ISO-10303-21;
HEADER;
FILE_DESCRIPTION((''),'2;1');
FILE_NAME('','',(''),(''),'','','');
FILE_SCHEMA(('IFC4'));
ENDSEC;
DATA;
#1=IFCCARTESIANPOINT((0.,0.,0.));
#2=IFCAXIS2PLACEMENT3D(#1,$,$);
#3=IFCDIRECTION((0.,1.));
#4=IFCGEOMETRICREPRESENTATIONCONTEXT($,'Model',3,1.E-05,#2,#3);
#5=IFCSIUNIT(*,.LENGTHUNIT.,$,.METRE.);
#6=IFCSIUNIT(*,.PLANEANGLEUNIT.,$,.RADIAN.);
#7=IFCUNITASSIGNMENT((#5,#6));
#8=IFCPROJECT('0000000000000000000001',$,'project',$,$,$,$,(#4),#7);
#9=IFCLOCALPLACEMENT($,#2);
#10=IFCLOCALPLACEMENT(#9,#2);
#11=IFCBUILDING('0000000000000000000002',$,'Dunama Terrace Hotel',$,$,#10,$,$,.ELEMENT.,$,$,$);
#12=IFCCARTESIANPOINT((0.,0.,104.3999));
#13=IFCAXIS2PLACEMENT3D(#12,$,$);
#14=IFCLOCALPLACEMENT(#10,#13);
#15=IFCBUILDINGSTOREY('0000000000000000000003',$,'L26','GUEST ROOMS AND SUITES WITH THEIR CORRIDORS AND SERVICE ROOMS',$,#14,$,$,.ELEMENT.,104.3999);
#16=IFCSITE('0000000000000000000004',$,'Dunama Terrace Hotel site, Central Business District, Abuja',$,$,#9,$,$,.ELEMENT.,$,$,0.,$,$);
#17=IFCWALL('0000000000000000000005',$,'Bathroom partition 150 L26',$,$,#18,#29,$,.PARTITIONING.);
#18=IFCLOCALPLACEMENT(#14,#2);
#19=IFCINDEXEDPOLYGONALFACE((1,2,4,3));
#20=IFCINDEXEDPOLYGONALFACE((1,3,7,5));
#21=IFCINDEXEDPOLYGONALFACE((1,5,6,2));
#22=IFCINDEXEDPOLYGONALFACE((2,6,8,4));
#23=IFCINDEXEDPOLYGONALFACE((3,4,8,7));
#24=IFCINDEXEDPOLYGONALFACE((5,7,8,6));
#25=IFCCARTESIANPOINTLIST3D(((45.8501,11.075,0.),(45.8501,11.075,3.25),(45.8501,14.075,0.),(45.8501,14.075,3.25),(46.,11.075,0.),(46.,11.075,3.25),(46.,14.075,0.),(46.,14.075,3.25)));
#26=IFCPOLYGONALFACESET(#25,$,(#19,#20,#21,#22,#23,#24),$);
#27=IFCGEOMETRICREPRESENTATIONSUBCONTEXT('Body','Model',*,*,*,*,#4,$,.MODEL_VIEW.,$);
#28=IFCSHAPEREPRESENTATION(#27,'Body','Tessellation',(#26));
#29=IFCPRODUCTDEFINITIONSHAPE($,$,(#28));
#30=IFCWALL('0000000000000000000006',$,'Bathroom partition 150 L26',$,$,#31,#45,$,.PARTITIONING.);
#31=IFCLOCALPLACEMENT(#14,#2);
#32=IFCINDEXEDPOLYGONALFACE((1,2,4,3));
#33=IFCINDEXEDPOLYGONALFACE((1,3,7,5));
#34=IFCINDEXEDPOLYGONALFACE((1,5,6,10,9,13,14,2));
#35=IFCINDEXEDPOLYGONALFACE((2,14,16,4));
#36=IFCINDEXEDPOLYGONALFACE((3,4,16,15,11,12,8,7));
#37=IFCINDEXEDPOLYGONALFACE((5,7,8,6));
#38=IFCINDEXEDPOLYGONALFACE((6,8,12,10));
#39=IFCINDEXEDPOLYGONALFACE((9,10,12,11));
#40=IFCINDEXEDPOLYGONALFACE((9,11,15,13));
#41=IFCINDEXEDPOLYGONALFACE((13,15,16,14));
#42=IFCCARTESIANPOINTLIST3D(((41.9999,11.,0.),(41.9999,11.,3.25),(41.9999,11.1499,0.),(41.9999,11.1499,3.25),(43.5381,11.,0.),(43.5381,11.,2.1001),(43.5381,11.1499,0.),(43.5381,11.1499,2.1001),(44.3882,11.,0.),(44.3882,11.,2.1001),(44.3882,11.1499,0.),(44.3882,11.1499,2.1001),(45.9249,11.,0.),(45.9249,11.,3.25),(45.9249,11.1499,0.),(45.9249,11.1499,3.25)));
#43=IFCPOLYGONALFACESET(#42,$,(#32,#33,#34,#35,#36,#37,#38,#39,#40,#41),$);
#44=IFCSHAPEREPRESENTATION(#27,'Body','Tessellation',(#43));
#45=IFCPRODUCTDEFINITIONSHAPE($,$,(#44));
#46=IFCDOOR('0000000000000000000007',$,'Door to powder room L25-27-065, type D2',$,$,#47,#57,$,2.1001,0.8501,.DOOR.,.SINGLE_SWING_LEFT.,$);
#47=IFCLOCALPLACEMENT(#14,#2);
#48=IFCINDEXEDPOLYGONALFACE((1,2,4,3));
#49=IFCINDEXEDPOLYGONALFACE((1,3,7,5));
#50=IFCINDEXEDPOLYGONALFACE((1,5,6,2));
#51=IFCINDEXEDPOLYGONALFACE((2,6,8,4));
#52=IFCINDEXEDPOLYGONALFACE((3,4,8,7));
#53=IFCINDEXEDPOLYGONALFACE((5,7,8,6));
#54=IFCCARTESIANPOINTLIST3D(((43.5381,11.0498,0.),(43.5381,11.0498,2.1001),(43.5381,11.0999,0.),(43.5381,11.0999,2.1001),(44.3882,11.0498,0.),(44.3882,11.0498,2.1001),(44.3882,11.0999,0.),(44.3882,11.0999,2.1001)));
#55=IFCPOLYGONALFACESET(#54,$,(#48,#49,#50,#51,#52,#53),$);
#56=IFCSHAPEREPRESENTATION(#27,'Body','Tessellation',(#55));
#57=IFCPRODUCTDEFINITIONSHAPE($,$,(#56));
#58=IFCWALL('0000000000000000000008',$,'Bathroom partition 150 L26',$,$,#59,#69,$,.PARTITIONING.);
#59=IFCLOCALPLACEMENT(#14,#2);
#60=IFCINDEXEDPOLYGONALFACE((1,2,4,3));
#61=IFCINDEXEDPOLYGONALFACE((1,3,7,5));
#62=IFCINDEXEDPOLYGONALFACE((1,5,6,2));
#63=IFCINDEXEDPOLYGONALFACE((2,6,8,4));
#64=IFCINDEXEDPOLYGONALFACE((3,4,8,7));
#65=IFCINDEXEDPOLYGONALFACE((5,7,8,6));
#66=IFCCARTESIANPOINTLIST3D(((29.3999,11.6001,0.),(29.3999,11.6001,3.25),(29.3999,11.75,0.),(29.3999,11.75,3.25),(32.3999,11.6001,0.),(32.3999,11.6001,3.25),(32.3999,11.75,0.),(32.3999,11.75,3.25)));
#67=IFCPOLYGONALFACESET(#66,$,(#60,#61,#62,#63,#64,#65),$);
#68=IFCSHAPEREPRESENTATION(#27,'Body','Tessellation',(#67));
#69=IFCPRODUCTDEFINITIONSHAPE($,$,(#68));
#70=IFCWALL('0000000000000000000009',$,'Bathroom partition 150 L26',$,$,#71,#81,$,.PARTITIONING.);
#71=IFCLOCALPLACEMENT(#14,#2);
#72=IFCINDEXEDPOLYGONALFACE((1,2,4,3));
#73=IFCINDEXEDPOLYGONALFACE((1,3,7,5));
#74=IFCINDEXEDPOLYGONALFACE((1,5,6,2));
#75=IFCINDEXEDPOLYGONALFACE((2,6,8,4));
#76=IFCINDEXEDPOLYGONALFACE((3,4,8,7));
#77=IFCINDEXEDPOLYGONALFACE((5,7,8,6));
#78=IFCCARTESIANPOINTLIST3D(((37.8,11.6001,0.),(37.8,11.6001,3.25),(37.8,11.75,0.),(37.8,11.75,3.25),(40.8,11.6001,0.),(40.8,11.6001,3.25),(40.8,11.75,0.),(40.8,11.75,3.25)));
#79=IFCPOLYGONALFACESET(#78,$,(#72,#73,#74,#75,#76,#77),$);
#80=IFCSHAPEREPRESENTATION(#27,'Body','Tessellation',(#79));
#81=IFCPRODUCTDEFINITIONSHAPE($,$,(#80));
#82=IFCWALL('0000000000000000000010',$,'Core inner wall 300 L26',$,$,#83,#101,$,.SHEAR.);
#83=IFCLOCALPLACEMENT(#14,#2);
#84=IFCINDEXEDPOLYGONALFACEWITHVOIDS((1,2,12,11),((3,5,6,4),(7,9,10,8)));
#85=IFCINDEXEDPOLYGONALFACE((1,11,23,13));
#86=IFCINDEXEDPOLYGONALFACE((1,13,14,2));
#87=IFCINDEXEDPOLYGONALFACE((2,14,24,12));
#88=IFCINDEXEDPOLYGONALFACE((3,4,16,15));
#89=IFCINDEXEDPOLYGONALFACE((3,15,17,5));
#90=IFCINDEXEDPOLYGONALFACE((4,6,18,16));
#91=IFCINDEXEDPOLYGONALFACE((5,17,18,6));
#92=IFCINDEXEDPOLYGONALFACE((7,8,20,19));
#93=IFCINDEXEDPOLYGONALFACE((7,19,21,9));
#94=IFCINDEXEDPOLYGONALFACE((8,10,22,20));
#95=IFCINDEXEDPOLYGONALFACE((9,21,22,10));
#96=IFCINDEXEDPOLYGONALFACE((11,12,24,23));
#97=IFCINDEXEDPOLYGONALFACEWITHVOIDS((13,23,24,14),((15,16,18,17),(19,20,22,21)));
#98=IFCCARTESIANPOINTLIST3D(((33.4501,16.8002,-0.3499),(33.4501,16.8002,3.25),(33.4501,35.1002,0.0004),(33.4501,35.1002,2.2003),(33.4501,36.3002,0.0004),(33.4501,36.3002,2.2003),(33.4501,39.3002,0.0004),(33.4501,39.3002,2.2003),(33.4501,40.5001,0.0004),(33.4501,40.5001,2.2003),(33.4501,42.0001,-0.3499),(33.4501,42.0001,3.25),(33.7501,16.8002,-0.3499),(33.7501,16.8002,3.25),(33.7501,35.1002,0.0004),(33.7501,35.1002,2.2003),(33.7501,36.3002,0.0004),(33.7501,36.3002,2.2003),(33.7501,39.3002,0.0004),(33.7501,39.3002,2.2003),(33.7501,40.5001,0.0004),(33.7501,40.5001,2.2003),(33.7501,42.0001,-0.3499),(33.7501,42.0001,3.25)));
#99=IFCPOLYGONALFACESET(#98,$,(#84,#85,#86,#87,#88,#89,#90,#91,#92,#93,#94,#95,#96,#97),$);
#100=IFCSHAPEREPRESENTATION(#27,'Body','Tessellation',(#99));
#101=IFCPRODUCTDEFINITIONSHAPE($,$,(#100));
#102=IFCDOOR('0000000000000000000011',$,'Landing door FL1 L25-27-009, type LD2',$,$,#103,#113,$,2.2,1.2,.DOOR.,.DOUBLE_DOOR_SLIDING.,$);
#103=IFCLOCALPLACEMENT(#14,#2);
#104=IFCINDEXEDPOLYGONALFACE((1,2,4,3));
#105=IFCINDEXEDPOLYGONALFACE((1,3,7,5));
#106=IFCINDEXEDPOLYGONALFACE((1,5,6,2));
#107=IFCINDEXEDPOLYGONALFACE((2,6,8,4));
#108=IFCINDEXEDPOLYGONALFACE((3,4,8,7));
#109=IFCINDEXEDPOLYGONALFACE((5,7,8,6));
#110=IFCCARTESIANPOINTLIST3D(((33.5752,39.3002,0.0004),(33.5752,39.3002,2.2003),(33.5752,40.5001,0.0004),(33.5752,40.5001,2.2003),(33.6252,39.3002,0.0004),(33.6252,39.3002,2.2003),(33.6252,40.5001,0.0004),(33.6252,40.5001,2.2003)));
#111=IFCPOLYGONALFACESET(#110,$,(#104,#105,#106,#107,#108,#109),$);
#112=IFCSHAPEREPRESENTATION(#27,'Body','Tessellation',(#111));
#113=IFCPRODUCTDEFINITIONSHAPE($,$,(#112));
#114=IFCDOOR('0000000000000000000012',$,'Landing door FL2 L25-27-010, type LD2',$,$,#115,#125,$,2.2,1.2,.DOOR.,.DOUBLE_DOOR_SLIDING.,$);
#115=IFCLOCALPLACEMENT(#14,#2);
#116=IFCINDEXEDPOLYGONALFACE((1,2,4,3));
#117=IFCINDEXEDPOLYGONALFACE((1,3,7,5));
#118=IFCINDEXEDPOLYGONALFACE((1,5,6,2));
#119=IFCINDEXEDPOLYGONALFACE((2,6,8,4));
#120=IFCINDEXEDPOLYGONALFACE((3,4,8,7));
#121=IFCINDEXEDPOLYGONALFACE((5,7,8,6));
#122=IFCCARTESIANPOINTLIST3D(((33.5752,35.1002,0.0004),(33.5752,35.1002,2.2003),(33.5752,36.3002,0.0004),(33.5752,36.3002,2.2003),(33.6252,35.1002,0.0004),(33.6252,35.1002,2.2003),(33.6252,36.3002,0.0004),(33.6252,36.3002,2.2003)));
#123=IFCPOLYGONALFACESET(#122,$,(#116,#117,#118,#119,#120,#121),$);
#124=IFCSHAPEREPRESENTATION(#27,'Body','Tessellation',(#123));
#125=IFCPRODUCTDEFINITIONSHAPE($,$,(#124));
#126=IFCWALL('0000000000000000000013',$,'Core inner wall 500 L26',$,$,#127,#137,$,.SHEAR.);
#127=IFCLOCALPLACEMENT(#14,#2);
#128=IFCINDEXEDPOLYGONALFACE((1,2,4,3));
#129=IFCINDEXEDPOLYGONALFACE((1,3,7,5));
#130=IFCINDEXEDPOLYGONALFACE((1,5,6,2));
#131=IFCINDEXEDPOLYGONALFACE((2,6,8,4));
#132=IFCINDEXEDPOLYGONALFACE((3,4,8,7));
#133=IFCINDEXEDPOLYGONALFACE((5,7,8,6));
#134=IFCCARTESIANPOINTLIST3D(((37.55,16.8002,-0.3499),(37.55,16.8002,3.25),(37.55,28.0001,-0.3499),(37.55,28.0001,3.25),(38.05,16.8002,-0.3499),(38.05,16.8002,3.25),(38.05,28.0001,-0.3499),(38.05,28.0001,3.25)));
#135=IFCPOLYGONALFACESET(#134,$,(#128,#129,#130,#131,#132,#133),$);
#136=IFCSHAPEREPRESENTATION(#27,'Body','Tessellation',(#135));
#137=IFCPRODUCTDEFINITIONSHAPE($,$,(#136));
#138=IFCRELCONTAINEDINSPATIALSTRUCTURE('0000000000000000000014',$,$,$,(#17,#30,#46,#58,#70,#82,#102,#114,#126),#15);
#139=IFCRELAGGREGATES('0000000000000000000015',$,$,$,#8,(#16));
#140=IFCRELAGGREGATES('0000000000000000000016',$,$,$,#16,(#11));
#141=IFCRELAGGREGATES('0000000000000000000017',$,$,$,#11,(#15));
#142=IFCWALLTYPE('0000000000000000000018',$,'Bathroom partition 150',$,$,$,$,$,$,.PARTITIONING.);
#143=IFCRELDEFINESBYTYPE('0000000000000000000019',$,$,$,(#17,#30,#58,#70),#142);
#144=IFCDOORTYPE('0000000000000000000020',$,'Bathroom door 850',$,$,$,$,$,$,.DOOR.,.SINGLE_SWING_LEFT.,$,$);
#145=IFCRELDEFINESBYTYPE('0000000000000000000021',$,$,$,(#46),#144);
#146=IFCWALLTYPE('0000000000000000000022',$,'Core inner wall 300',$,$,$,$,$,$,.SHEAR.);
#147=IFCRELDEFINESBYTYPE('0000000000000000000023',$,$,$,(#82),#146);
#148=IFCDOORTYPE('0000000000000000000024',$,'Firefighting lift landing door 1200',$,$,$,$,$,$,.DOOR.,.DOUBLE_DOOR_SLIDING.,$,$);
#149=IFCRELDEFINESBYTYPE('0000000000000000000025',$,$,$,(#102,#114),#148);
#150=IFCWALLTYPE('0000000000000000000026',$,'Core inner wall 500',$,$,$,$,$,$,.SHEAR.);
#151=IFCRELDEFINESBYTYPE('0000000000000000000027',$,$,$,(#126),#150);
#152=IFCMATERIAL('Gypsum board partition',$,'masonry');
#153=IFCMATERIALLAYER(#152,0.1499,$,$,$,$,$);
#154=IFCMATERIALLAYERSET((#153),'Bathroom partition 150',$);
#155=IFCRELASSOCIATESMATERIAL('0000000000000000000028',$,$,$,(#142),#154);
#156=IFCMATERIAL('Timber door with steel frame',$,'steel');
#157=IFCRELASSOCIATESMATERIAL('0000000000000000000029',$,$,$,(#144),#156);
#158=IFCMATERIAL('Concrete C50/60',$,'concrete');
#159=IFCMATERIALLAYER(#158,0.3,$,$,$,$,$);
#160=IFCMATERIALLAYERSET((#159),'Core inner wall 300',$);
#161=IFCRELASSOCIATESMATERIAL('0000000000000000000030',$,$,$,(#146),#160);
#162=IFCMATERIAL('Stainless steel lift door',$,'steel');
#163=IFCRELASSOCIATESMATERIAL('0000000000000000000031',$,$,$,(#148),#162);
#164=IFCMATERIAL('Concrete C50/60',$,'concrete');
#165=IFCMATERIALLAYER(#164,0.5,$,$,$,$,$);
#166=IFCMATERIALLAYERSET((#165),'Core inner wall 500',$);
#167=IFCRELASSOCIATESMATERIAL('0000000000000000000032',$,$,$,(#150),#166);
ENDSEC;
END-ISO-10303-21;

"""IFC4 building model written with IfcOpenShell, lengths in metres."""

from ifc_helpers import new_model, si_unit, direction, frame, frame_2d, origin, place, context, subcontext, project, spatial, rectangle, extrude, material, layer, layer_set, type_object, element, fill, save


model = new_model("IFC4")

# Units and contexts
model_context = context("Model", 3, precision=1e-05, world=origin(), true_north=direction((0.0, 1.0)))
body_context = subcontext(model_context, "Body", "Model", "MODEL_VIEW")
ifc_project = project(units=[si_unit("LENGTHUNIT", "METRE"), si_unit("PLANEANGLEUNIT", "RADIAN")], contexts=[model_context])

# Site, building, storey
site_placement = place(None, origin())
site = spatial("IfcSite", under=ifc_project, at=site_placement, Name="Dunama Terrace Hotel site, Central Business District, Abuja", CompositionType="ELEMENT", RefElevation=0.0)
building_placement = place(site_placement, origin())
building = spatial("IfcBuilding", under=site, at=building_placement, Name="Dunama Terrace Hotel", CompositionType="ELEMENT")
storey_placement = place(building_placement, frame((0.0, 0.0, 104.3999)))
storey = spatial("IfcBuildingStorey", under=building, at=storey_placement, Name="L26", Description="GUEST ROOMS AND SUITES WITH THEIR CORRIDORS AND SERVICE ROOMS", CompositionType="ELEMENT", Elevation=104.3999)

# Wall
ifc_material_1 = material(Name="Gypsum board partition", Category="masonry")
ifc_layer_1 = layer(ifc_material_1, 0.1499)
ifc_layer_set_1 = layer_set([ifc_layer_1], Name="Bathroom partition 150")
wall_type_1 = type_object("IfcWallType", Name="Bathroom partition 150", PredefinedType="PARTITIONING", material=ifc_layer_set_1)
wall_1_placement = place(storey_placement, frame((45.925, 11.075, 0.0), z_axis=(0.0, 0.0, 1.0), x_axis=(0.0, 1.0, 0.0)))
element("IfcWall", 1, at=wall_1_placement, inside=storey, type_object=wall_type_1, Name="Bathroom partition 150 L26", PredefinedType="PARTITIONING", context=body_context, shape_type="SweptSolid", body=[
    extrude(rectangle(XDim=3.0, YDim=0.1499, at=frame_2d((1.5, 0.0))), origin(), (0.0, 0.0, 1.0), 3.25),
])

# Wall, opening, door
wall_2_placement = place(storey_placement, frame((42.0, 11.075, 0.0), z_axis=(0.0, 0.0, 1.0), x_axis=(1.0, 0.0, 0.0)))
wall_2 = element("IfcWall", 2, at=wall_2_placement, inside=storey, type_object=wall_type_1, Name="Bathroom partition 150 L26", PredefinedType="PARTITIONING", context=body_context, shape_type="SweptSolid", body=[
    extrude(rectangle(XDim=3.925, YDim=0.1499, at=frame_2d((1.9624, 0.0))), origin(), (0.0, 0.0, 1.0), 3.25),
])
opening_1_placement = place(wall_2_placement, frame((1.5381, 0.0, 0.0)))
opening_1 = element("IfcOpeningElement", 3, at=opening_1_placement, cuts=wall_2, PredefinedType="OPENING", context=body_context, shape_type="SweptSolid", body=[
    extrude(rectangle(XDim=0.8501, YDim=2.1001, at=frame_2d((0.425, 1.05))), frame((0.0, 0.085, 0.0), z_axis=(0.0, -1.0, 0.0), x_axis=(1.0, 0.0, 0.0)), (0.0, 0.0, 1.0), 0.1699),
])
ifc_material_2 = material(Name="Timber door with steel frame", Category="steel")
door_type_1 = type_object("IfcDoorType", Name="Bathroom door 850", OperationType="SINGLE_SWING_LEFT", PredefinedType="DOOR", material=ifc_material_2)
door_1_placement = place(opening_1_placement, origin())
door_1 = element("IfcDoor", 4, at=door_1_placement, inside=storey, type_object=door_type_1, Name="Door to powder room L25-27-065, type D2", OperationType="SINGLE_SWING_LEFT", OverallHeight=2.1001, OverallWidth=0.8501, PredefinedType="DOOR", context=body_context, shape_type="SweptSolid", body=[
    extrude(rectangle(XDim=0.8501, YDim=2.1001, at=frame_2d((0.425, 1.05))), frame((0.0, 0.0249, 0.0), z_axis=(0.0, -1.0, 0.0), x_axis=(1.0, 0.0, 0.0)), (0.0, 0.0, 1.0), 0.05),
])
fill(opening_1, door_1)

# Walls
for number, where, z_axis, x_axis, name in (
    (5, (29.3999, 11.675, 0.0), (0.0, 0.0, 1.0), (1.0, 0.0, 0.0), "Bathroom partition 150 L26"),
    (6, (37.8, 11.675, 0.0), (0.0, 0.0, 1.0), (1.0, 0.0, 0.0), "Bathroom partition 150 L26"),
):
    element("IfcWall", number, at=place(storey_placement, frame(where, z_axis=z_axis, x_axis=x_axis)), inside=storey, type_object=wall_type_1, Name=name, PredefinedType="PARTITIONING", context=body_context, shape_type="SweptSolid", body=[
        extrude(rectangle(XDim=3.0, YDim=0.1499, at=frame_2d((1.5, 0.0))), origin(), (0.0, 0.0, 1.0), 3.25),
    ])

# Wall, openings, doors
ifc_material_3 = material(Name="Concrete C50/60", Category="concrete")
ifc_layer_2 = layer(ifc_material_3, 0.3)
ifc_layer_set_2 = layer_set([ifc_layer_2], Name="Core inner wall 300")
wall_type_2 = type_object("IfcWallType", Name="Core inner wall 300", PredefinedType="SHEAR", material=ifc_layer_set_2)
wall_3_placement = place(storey_placement, frame((33.6001, 16.8, -0.3499), z_axis=(0.0, 0.0, 1.0), x_axis=(0.0, 1.0, 0.0)))
wall_3 = element("IfcWall", 7, at=wall_3_placement, inside=storey, type_object=wall_type_2, Name="Core inner wall 300 L26", PredefinedType="SHEAR", context=body_context, shape_type="SweptSolid", body=[
    extrude(rectangle(XDim=25.2, YDim=0.3, at=frame_2d((12.6001, 0.0))), origin(), (0.0, 0.0, 1.0), 3.5999),
])
opening_2_placement = place(wall_3_placement, frame((22.5, 0.0, 0.3501)))
opening_2 = element("IfcOpeningElement", 8, at=opening_2_placement, cuts=wall_3, PredefinedType="OPENING", context=body_context, shape_type="SweptSolid", body=[
    extrude(rectangle(XDim=1.2, YDim=2.2, at=frame_2d((0.6001, 1.1001))), frame((0.0, 0.1599, 0.0), z_axis=(0.0, -1.0, 0.0), x_axis=(1.0, 0.0, 0.0)), (0.0, 0.0, 1.0), 0.3201),
])
opening_3_placement = place(wall_3_placement, frame((18.3, 0.0, 0.3501)))
opening_3 = element("IfcOpeningElement", 9, at=opening_3_placement, cuts=wall_3, PredefinedType="OPENING", context=body_context, shape_type="SweptSolid", body=[
    extrude(rectangle(XDim=1.2, YDim=2.2, at=frame_2d((0.6001, 1.1001))), frame((0.0, 0.1599, 0.0), z_axis=(0.0, -1.0, 0.0), x_axis=(1.0, 0.0, 0.0)), (0.0, 0.0, 1.0), 0.3201),
])
ifc_material_4 = material(Name="Stainless steel lift door", Category="steel")
door_type_2 = type_object("IfcDoorType", Name="Firefighting lift landing door 1200", OperationType="DOUBLE_DOOR_SLIDING", PredefinedType="DOOR", material=ifc_material_4)
door_2_placement = place(opening_2_placement, origin())
door_2 = element("IfcDoor", 10, at=door_2_placement, inside=storey, type_object=door_type_2, Name="Landing door FL1 L25-27-009, type LD2", OperationType="DOUBLE_DOOR_SLIDING", OverallHeight=2.2, OverallWidth=1.2, PredefinedType="DOOR", context=body_context, shape_type="SweptSolid", body=[
    extrude(rectangle(XDim=1.2, YDim=2.2, at=frame_2d((0.6001, 1.1001))), frame((0.0, 0.0249, 0.0), z_axis=(0.0, -1.0, 0.0), x_axis=(1.0, 0.0, 0.0)), (0.0, 0.0, 1.0), 0.05),
])
fill(opening_2, door_2)
door_3_placement = place(opening_3_placement, origin())
door_3 = element("IfcDoor", 11, at=door_3_placement, inside=storey, type_object=door_type_2, Name="Landing door FL2 L25-27-010, type LD2", OperationType="DOUBLE_DOOR_SLIDING", OverallHeight=2.2, OverallWidth=1.2, PredefinedType="DOOR", context=body_context, shape_type="SweptSolid", body=[
    extrude(rectangle(XDim=1.2, YDim=2.2, at=frame_2d((0.6001, 1.1001))), frame((0.0, 0.0249, 0.0), z_axis=(0.0, -1.0, 0.0), x_axis=(1.0, 0.0, 0.0)), (0.0, 0.0, 1.0), 0.05),
])
fill(opening_3, door_3)

# Wall
ifc_material_5 = material(Name="Concrete C50/60", Category="concrete")
ifc_layer_3 = layer(ifc_material_5, 0.5)
ifc_layer_set_3 = layer_set([ifc_layer_3], Name="Core inner wall 500")
wall_type_3 = type_object("IfcWallType", Name="Core inner wall 500", PredefinedType="SHEAR", material=ifc_layer_set_3)
wall_4_placement = place(storey_placement, frame((37.8, 16.8, -0.3499), z_axis=(0.0, 0.0, 1.0), x_axis=(0.0, 1.0, 0.0)))
element("IfcWall", 12, at=wall_4_placement, inside=storey, type_object=wall_type_3, Name="Core inner wall 500 L26", PredefinedType="SHEAR", context=body_context, shape_type="SweptSolid", body=[
    extrude(rectangle(XDim=11.2, YDim=0.5, at=frame_2d((5.6001, 0.0))), origin(), (0.0, 0.0, 1.0), 3.5999),
])

save(model, "model.ifc")
